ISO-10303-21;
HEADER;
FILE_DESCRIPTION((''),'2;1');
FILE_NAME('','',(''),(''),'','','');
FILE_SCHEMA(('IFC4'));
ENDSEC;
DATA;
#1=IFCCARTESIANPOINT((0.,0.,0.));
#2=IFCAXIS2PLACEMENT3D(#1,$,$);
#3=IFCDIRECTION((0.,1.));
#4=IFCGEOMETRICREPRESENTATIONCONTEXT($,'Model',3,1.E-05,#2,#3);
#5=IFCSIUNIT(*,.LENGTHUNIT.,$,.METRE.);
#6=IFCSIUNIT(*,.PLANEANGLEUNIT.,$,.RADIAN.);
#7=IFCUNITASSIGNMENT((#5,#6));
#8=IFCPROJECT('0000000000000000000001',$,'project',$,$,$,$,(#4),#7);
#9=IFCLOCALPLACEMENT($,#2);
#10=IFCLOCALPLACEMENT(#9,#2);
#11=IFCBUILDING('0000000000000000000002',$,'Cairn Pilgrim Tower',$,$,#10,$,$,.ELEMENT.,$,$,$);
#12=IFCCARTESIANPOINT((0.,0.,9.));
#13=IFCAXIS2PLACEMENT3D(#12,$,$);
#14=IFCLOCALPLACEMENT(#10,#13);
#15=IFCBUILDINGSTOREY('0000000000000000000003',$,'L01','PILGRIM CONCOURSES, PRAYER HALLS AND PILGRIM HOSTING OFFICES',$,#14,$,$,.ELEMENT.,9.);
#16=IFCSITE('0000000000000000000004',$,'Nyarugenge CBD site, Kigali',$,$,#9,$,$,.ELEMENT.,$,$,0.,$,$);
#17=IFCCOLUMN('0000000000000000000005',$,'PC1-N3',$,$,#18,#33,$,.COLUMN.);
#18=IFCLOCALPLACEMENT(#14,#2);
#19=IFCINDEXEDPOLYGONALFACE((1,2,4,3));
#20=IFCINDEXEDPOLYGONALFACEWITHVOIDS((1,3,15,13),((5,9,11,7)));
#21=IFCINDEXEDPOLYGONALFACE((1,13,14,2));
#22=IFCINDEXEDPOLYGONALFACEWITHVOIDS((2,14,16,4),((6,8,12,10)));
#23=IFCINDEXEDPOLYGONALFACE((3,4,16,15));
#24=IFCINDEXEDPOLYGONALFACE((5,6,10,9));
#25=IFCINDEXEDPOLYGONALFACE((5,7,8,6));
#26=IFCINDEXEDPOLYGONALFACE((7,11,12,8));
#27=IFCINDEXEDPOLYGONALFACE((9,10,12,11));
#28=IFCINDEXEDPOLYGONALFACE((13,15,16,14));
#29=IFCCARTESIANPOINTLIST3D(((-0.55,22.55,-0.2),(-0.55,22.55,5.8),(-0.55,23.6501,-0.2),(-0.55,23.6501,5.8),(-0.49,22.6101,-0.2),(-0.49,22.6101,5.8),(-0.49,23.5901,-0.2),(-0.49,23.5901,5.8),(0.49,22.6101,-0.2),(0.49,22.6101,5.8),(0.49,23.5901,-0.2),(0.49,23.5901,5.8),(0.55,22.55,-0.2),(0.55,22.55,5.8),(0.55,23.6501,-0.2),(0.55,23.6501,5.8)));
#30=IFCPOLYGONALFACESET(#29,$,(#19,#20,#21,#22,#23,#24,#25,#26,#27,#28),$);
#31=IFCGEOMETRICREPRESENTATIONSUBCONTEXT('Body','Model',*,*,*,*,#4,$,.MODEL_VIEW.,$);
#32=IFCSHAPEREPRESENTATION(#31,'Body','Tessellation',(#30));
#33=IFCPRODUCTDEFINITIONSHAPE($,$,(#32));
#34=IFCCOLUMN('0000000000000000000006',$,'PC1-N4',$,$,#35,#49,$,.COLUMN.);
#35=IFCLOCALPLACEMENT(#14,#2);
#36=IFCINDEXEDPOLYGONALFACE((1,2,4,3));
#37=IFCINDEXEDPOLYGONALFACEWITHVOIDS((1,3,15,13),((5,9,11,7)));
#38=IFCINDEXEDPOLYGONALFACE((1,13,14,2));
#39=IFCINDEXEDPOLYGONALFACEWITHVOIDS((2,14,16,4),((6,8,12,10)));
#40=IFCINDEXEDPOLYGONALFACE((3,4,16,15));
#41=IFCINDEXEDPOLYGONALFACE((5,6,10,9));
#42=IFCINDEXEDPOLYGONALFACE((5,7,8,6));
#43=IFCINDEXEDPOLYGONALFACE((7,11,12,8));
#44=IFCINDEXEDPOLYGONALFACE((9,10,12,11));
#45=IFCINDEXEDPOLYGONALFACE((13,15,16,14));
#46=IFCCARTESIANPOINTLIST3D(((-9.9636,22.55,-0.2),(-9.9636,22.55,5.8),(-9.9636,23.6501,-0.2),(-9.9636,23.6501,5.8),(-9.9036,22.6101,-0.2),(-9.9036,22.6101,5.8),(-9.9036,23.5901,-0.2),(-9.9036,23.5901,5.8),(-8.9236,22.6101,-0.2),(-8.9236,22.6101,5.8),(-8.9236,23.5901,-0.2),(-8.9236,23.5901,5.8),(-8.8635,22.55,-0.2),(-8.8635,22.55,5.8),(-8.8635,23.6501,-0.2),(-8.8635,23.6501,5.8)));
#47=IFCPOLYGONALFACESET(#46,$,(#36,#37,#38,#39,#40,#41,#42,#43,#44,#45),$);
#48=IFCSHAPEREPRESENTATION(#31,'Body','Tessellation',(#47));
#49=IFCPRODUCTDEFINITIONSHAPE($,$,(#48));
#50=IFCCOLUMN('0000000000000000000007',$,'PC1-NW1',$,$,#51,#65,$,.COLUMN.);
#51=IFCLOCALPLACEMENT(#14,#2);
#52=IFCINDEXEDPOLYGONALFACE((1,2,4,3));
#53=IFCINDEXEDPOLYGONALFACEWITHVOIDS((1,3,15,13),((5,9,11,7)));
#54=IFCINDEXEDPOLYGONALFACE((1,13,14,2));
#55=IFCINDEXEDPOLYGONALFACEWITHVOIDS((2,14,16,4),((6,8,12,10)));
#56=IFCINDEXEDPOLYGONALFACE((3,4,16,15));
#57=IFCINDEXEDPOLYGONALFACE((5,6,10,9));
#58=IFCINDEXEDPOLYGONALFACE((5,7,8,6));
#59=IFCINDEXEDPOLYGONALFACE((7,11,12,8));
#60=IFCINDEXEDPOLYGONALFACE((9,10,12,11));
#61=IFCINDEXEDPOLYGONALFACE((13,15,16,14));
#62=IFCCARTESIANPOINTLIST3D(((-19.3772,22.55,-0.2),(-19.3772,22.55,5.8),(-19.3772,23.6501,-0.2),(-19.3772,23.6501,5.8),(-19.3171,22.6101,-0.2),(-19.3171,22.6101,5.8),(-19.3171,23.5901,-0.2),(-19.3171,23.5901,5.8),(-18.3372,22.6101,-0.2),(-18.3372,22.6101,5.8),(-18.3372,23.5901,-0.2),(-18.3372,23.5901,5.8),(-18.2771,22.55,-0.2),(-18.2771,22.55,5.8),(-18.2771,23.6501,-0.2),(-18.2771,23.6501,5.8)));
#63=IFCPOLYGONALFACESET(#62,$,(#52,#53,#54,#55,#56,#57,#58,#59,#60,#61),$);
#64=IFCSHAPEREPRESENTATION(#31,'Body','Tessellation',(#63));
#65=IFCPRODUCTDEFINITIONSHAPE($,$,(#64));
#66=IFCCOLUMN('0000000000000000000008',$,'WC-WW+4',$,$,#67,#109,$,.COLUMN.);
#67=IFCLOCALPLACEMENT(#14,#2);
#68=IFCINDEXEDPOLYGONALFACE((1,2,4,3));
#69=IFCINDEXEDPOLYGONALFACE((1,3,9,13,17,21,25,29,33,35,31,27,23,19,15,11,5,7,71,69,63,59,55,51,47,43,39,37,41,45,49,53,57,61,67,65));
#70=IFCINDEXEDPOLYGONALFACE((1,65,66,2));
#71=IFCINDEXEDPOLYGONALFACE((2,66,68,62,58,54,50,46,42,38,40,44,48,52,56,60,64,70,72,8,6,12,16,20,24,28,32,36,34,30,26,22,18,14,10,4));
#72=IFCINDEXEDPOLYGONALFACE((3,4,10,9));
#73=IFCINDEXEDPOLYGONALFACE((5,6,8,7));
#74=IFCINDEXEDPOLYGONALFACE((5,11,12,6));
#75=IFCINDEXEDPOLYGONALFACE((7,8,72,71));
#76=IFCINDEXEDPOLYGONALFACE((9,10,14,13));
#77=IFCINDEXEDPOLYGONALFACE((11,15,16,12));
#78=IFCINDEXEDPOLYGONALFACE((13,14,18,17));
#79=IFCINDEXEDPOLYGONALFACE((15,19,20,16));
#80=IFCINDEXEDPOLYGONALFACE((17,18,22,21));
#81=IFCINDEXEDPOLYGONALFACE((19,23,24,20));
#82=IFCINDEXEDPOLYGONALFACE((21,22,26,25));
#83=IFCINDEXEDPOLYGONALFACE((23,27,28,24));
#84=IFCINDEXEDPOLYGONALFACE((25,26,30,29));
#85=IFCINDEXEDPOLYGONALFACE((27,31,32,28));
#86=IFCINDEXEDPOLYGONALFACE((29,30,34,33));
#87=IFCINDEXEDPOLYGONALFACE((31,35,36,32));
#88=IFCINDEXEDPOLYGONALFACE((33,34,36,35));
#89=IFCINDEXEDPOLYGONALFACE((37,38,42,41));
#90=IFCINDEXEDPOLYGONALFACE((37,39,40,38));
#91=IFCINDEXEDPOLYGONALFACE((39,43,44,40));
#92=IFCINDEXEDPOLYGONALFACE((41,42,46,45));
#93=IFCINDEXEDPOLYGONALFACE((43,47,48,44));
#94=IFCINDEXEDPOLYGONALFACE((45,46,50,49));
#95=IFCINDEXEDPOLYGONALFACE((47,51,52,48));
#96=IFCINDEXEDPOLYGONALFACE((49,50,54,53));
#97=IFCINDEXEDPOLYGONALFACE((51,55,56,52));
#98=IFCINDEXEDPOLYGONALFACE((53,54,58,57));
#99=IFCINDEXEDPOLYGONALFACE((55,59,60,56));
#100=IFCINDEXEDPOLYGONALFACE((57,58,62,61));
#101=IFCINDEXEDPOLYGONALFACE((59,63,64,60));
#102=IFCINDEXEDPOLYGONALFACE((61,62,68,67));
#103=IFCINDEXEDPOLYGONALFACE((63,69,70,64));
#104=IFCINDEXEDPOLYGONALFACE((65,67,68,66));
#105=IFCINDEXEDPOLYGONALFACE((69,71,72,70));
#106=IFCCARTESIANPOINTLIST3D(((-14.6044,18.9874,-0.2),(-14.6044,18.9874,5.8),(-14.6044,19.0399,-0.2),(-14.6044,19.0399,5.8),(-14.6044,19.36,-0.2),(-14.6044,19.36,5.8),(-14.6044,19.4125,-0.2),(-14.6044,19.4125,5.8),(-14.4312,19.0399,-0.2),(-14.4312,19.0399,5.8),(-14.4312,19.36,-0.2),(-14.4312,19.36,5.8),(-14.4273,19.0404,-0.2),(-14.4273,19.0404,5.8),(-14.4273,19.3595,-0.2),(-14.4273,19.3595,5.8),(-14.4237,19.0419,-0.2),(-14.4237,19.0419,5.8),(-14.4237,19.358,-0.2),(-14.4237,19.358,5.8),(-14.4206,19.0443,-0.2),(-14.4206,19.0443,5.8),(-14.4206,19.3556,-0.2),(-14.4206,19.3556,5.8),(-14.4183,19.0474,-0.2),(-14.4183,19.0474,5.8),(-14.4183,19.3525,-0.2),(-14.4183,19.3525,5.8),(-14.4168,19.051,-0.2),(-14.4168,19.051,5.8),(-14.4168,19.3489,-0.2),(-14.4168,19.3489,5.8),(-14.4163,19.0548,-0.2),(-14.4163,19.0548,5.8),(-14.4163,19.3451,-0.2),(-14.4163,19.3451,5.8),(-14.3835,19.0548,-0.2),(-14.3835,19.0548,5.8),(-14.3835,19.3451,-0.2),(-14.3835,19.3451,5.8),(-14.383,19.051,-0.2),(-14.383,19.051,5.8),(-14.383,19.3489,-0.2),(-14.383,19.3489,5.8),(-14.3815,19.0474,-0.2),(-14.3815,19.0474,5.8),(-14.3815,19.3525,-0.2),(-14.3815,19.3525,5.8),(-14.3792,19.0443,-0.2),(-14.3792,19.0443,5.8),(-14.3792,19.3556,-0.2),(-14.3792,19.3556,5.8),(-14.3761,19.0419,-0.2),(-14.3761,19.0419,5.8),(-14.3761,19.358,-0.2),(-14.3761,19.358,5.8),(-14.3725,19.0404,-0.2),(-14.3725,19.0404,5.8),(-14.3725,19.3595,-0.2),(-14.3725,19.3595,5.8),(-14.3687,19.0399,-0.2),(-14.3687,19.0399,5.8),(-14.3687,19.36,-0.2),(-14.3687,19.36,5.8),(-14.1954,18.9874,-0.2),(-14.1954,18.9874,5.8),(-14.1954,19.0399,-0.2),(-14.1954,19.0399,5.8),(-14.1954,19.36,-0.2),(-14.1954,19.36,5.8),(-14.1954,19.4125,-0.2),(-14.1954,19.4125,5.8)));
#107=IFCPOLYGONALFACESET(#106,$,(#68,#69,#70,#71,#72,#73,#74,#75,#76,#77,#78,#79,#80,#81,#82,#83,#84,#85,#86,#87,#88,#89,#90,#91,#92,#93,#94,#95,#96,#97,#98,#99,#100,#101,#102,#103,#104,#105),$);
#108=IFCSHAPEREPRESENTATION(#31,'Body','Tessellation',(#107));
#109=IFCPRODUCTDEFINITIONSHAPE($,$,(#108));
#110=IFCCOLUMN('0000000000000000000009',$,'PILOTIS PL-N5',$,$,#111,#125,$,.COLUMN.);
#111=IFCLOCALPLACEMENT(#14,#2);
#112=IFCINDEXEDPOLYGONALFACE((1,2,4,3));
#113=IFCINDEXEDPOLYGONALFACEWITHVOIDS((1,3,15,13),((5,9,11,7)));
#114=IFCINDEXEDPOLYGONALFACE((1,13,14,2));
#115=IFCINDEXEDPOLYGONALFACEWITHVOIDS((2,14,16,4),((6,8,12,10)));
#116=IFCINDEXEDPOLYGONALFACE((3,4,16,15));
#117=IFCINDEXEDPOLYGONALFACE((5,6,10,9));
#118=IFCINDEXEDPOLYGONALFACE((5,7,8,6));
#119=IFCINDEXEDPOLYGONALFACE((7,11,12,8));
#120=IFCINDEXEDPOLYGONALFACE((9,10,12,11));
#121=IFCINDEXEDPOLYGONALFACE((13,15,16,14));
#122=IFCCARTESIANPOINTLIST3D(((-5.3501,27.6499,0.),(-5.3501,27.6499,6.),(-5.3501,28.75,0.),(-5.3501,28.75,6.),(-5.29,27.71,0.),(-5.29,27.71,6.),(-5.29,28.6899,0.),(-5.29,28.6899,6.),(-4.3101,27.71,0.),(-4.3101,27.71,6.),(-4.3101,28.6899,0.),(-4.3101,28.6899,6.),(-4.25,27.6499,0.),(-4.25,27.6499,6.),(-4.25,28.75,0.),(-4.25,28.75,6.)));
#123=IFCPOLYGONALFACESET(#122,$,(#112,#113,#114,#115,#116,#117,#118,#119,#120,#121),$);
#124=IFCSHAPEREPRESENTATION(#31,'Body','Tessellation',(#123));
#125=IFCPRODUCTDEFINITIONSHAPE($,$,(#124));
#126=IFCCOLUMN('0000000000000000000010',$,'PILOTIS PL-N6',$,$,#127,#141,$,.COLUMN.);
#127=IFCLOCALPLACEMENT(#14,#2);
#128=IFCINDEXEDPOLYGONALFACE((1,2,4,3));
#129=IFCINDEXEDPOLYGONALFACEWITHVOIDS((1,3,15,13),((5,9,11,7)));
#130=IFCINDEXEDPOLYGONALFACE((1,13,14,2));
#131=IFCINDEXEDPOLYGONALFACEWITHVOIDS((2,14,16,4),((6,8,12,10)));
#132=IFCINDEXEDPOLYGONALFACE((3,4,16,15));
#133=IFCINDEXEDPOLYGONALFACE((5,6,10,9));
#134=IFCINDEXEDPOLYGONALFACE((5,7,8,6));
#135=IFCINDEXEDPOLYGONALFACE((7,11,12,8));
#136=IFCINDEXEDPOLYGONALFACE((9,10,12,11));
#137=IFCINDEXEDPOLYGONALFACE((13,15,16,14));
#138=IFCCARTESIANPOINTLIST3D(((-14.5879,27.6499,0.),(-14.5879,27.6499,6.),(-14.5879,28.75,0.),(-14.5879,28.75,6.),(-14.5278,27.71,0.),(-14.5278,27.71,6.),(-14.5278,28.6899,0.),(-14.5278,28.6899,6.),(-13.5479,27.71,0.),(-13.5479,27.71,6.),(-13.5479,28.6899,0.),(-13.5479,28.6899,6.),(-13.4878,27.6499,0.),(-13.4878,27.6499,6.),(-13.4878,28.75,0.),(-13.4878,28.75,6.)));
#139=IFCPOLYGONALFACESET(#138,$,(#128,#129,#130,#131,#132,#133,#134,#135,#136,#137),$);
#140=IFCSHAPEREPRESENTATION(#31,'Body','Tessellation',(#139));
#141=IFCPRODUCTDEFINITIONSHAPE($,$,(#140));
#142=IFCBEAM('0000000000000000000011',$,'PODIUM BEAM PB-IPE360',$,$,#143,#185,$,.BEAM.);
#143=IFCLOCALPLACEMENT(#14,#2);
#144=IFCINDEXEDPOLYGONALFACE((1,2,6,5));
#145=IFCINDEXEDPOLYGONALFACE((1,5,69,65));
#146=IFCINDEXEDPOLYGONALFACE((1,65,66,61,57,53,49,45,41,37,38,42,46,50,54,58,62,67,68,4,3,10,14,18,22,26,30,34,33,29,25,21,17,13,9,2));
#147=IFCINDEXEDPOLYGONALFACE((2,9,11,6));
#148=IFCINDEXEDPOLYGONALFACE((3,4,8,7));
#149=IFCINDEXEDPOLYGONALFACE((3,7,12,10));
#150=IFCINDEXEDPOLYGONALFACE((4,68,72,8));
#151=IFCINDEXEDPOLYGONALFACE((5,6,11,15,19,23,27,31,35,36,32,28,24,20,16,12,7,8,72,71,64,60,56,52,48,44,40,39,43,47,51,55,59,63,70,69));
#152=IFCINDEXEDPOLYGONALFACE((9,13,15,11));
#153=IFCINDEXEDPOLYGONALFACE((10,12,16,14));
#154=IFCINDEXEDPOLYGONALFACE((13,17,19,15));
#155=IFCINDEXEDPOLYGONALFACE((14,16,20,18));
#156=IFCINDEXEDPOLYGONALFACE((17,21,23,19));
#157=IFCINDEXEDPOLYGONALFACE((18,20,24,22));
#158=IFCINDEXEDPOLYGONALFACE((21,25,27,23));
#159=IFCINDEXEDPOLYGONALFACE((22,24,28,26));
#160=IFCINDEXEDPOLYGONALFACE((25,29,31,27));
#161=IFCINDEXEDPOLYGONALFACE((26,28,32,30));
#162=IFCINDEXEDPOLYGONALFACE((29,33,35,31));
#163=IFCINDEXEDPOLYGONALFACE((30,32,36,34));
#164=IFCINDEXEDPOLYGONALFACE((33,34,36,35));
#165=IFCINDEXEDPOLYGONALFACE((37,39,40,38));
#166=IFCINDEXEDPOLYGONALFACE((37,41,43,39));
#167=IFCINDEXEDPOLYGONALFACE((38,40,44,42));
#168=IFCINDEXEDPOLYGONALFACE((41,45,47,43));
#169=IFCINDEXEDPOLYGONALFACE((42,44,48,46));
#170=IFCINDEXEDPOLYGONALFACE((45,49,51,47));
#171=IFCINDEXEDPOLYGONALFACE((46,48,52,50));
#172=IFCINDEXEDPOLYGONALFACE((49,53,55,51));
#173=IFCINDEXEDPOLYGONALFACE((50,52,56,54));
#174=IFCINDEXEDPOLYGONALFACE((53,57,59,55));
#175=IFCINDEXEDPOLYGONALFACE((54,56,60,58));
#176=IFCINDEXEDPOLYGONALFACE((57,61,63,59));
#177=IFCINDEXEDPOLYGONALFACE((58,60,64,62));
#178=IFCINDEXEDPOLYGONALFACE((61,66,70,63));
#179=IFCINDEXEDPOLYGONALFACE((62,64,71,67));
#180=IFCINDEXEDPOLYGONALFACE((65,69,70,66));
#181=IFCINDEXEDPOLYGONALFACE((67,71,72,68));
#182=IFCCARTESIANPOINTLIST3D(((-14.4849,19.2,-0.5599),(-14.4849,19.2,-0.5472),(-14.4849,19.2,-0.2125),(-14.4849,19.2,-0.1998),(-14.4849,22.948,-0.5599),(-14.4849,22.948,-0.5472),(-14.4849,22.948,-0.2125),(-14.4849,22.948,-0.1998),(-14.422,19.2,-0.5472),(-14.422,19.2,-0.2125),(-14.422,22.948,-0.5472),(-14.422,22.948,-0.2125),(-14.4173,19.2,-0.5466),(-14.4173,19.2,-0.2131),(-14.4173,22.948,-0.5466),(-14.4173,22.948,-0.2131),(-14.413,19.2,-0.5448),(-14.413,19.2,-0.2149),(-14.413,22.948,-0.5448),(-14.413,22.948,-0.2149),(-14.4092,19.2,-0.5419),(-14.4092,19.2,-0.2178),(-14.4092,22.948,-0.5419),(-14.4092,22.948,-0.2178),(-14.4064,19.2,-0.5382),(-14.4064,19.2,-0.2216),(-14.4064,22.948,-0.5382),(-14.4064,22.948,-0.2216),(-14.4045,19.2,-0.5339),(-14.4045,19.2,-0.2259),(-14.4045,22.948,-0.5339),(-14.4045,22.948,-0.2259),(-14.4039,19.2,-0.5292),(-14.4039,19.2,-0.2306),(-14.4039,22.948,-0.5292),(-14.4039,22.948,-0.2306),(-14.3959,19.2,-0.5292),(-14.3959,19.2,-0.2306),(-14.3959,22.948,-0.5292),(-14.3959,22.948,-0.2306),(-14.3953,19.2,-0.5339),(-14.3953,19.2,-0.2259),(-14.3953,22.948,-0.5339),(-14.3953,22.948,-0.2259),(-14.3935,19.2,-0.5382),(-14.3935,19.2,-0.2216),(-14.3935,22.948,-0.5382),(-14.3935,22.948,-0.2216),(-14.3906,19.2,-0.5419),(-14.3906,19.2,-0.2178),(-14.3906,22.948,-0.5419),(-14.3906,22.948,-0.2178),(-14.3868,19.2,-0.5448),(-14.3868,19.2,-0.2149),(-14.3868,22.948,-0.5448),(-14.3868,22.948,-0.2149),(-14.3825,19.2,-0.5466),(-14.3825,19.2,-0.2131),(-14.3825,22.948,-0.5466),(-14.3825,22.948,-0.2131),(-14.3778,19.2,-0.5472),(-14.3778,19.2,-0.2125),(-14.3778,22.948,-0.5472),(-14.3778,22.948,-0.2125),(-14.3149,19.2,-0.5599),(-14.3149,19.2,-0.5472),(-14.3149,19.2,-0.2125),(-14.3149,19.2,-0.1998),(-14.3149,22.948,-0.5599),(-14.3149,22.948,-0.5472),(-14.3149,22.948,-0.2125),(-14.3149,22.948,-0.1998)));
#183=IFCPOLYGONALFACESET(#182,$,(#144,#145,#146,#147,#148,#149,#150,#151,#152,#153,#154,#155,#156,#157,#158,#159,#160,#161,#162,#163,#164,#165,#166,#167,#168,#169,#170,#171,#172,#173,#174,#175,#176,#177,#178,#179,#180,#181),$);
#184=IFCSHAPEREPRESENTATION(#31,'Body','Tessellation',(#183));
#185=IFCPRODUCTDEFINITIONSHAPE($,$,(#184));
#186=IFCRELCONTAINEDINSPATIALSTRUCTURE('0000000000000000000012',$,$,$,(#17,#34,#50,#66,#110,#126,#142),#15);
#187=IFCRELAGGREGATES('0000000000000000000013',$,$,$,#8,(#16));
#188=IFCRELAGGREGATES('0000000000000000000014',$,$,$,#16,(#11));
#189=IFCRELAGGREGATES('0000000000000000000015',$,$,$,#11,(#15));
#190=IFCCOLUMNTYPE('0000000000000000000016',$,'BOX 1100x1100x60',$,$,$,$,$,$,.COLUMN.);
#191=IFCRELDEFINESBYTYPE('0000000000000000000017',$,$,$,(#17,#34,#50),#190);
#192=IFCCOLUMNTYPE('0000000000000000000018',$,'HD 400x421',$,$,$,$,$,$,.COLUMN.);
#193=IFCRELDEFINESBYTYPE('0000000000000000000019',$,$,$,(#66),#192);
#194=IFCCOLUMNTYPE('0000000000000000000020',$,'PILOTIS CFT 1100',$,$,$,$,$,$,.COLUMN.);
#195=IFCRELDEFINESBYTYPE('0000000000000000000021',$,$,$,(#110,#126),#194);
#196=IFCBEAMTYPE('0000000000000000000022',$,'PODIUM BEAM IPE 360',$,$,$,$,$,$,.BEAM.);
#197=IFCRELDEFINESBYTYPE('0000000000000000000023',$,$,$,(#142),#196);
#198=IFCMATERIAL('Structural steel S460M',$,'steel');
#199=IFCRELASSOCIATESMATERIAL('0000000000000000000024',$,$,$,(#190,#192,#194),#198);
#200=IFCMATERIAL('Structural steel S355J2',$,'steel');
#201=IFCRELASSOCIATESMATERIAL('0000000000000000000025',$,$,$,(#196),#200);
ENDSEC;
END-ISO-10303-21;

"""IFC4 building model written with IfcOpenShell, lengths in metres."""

from ifc_helpers import new_model, si_unit, direction, frame, origin, origin_2d, place, context, subcontext, project, spatial, hollow_rectangle, i_section, extrude, material, material_profile, profile_set, type_object, element, save


model = new_model("IFC4")

# Units and contexts
model_context = context("Model", 3, precision=1e-05, world=origin(), true_north=direction((0.0, 1.0)))
body_context = subcontext(model_context, "Body", "Model", "MODEL_VIEW")
ifc_project = project(units=[si_unit("LENGTHUNIT", "METRE"), si_unit("PLANEANGLEUNIT", "RADIAN")], contexts=[model_context])

# Site, building, storey
site_placement = place(None, origin())
site = spatial("IfcSite", under=ifc_project, at=site_placement, Name="Nyarugenge CBD site, Kigali", CompositionType="ELEMENT", RefElevation=0.0)
building_placement = place(site_placement, origin())
building = spatial("IfcBuilding", under=site, at=building_placement, Name="Cairn Pilgrim Tower", CompositionType="ELEMENT")
storey_placement = place(building_placement, frame((0.0, 0.0, 9.0)))
storey = spatial("IfcBuildingStorey", under=building, at=storey_placement, Name="L01", Description="PILGRIM CONCOURSES, PRAYER HALLS AND PILGRIM HOSTING OFFICES", CompositionType="ELEMENT", Elevation=9.0)

# Columns
ifc_material_1 = material(Name="Structural steel S460M", Category="steel")
ifc_material_profile_1 = material_profile(ifc_material_1, hollow_rectangle(XDim=1.1001, YDim=1.1001, WallThickness=0.0601, at=origin_2d()), Name="BOX 1100x1100x60")
ifc_profile_set_1 = profile_set([ifc_material_profile_1], Name="Structural steel S460M")
column_type_1 = type_object("IfcColumnType", Name="BOX 1100x1100x60", PredefinedType="COLUMN", material=ifc_profile_set_1)
for number, where, z_axis, x_axis, name in (
    (1, (0.0, 23.1001, -0.2), (0.0, 0.0, 1.0), (1.0, 0.0, 0.0), "PC1-N3"),
    (2, (-9.4136, 23.1001, -0.2), (0.0, 0.0, 1.0), (1.0, 0.0, 0.0), "PC1-N4"),
    (3, (-18.8271, 23.1001, -0.2), (0.0, 0.0, 1.0), (1.0, 0.0, 0.0), "PC1-NW1"),
):
    element("IfcColumn", number, at=place(storey_placement, frame(where, z_axis=z_axis, x_axis=x_axis)), inside=storey, type_object=column_type_1, Name=name, PredefinedType="COLUMN", context=body_context, shape_type="SweptSolid", body=[
        extrude(hollow_rectangle(XDim=1.1001, YDim=1.1001, WallThickness=0.0601, at=origin_2d()), origin(), (0.0, 0.0, 1.0), 6.0),
    ])
ifc_material_profile_2 = material_profile(ifc_material_1, i_section(OverallWidth=0.4089, OverallDepth=0.425, WebThickness=0.0327, FlangeThickness=0.0525, FilletRadius=0.0149, at=origin_2d()), Name="HD 400x421")
ifc_profile_set_2 = profile_set([ifc_material_profile_2], Name="Structural steel S460M")
column_type_2 = type_object("IfcColumnType", Name="HD 400x421", PredefinedType="COLUMN", material=ifc_profile_set_2)
column_placement = place(storey_placement, frame((-14.3999, 19.2, -0.2), z_axis=(0.0, 0.0, 1.0), x_axis=(1.0, 0.0, 0.0)))
element("IfcColumn", 4, at=column_placement, inside=storey, type_object=column_type_2, Name="WC-WW+4", PredefinedType="COLUMN", context=body_context, shape_type="SweptSolid", body=[
    extrude(i_section(OverallWidth=0.4089, OverallDepth=0.425, WebThickness=0.0327, FlangeThickness=0.0525, FilletRadius=0.0149, at=origin_2d()), origin(), (0.0, 0.0, 1.0), 6.0),
])
ifc_material_profile_3 = material_profile(ifc_material_1, hollow_rectangle(XDim=1.1001, YDim=1.1001, WallThickness=0.0601, at=origin_2d()), Name="BOX 1100x1100x60")
ifc_profile_set_3 = profile_set([ifc_material_profile_3], Name="Structural steel S460M")
column_type_3 = type_object("IfcColumnType", Name="PILOTIS CFT 1100", PredefinedType="COLUMN", material=ifc_profile_set_3)
for number, where, z_axis, x_axis, name in (
    (5, (-4.8, 28.2, 0.0), (0.0, 0.0, 1.0), (1.0, 0.0, 0.0), "PILOTIS PL-N5"),
    (6, (-14.0378, 28.2, 0.0), (0.0, 0.0, 1.0), (1.0, 0.0, 0.0), "PILOTIS PL-N6"),
):
    element("IfcColumn", number, at=place(storey_placement, frame(where, z_axis=z_axis, x_axis=x_axis)), inside=storey, type_object=column_type_3, Name=name, PredefinedType="COLUMN", context=body_context, shape_type="SweptSolid", body=[
        extrude(hollow_rectangle(XDim=1.1001, YDim=1.1001, WallThickness=0.0601, at=origin_2d()), origin(), (0.0, 0.0, 1.0), 6.0),
    ])

# Beam
ifc_material_2 = material(Name="Structural steel S355J2", Category="steel")
ifc_material_profile_4 = material_profile(ifc_material_2, i_section(OverallWidth=0.1699, OverallDepth=0.3601, WebThickness=0.0081, FlangeThickness=0.0127, FilletRadius=0.0181, at=origin_2d()), Name="IPE 360")
ifc_profile_set_4 = profile_set([ifc_material_profile_4], Name="Structural steel S355J2")
beam_type_1 = type_object("IfcBeamType", Name="PODIUM BEAM IPE 360", PredefinedType="BEAM", material=ifc_profile_set_4)
beam_1_placement = place(storey_placement, frame((-14.3999, 19.2, -0.3799), z_axis=(0.0, 1.0, 0.0), x_axis=(-1.0, 0.0, 0.0)))
element("IfcBeam", 7, at=beam_1_placement, inside=storey, type_object=beam_type_1, Name="PODIUM BEAM PB-IPE360", PredefinedType="BEAM", context=body_context, shape_type="SweptSolid", body=[
    extrude(i_section(OverallWidth=0.1699, OverallDepth=0.3601, WebThickness=0.0081, FlangeThickness=0.0127, FilletRadius=0.0181, at=origin_2d()), origin(), (0.0, 0.0, 1.0), 3.748),
])

save(model, "model.ifc")
